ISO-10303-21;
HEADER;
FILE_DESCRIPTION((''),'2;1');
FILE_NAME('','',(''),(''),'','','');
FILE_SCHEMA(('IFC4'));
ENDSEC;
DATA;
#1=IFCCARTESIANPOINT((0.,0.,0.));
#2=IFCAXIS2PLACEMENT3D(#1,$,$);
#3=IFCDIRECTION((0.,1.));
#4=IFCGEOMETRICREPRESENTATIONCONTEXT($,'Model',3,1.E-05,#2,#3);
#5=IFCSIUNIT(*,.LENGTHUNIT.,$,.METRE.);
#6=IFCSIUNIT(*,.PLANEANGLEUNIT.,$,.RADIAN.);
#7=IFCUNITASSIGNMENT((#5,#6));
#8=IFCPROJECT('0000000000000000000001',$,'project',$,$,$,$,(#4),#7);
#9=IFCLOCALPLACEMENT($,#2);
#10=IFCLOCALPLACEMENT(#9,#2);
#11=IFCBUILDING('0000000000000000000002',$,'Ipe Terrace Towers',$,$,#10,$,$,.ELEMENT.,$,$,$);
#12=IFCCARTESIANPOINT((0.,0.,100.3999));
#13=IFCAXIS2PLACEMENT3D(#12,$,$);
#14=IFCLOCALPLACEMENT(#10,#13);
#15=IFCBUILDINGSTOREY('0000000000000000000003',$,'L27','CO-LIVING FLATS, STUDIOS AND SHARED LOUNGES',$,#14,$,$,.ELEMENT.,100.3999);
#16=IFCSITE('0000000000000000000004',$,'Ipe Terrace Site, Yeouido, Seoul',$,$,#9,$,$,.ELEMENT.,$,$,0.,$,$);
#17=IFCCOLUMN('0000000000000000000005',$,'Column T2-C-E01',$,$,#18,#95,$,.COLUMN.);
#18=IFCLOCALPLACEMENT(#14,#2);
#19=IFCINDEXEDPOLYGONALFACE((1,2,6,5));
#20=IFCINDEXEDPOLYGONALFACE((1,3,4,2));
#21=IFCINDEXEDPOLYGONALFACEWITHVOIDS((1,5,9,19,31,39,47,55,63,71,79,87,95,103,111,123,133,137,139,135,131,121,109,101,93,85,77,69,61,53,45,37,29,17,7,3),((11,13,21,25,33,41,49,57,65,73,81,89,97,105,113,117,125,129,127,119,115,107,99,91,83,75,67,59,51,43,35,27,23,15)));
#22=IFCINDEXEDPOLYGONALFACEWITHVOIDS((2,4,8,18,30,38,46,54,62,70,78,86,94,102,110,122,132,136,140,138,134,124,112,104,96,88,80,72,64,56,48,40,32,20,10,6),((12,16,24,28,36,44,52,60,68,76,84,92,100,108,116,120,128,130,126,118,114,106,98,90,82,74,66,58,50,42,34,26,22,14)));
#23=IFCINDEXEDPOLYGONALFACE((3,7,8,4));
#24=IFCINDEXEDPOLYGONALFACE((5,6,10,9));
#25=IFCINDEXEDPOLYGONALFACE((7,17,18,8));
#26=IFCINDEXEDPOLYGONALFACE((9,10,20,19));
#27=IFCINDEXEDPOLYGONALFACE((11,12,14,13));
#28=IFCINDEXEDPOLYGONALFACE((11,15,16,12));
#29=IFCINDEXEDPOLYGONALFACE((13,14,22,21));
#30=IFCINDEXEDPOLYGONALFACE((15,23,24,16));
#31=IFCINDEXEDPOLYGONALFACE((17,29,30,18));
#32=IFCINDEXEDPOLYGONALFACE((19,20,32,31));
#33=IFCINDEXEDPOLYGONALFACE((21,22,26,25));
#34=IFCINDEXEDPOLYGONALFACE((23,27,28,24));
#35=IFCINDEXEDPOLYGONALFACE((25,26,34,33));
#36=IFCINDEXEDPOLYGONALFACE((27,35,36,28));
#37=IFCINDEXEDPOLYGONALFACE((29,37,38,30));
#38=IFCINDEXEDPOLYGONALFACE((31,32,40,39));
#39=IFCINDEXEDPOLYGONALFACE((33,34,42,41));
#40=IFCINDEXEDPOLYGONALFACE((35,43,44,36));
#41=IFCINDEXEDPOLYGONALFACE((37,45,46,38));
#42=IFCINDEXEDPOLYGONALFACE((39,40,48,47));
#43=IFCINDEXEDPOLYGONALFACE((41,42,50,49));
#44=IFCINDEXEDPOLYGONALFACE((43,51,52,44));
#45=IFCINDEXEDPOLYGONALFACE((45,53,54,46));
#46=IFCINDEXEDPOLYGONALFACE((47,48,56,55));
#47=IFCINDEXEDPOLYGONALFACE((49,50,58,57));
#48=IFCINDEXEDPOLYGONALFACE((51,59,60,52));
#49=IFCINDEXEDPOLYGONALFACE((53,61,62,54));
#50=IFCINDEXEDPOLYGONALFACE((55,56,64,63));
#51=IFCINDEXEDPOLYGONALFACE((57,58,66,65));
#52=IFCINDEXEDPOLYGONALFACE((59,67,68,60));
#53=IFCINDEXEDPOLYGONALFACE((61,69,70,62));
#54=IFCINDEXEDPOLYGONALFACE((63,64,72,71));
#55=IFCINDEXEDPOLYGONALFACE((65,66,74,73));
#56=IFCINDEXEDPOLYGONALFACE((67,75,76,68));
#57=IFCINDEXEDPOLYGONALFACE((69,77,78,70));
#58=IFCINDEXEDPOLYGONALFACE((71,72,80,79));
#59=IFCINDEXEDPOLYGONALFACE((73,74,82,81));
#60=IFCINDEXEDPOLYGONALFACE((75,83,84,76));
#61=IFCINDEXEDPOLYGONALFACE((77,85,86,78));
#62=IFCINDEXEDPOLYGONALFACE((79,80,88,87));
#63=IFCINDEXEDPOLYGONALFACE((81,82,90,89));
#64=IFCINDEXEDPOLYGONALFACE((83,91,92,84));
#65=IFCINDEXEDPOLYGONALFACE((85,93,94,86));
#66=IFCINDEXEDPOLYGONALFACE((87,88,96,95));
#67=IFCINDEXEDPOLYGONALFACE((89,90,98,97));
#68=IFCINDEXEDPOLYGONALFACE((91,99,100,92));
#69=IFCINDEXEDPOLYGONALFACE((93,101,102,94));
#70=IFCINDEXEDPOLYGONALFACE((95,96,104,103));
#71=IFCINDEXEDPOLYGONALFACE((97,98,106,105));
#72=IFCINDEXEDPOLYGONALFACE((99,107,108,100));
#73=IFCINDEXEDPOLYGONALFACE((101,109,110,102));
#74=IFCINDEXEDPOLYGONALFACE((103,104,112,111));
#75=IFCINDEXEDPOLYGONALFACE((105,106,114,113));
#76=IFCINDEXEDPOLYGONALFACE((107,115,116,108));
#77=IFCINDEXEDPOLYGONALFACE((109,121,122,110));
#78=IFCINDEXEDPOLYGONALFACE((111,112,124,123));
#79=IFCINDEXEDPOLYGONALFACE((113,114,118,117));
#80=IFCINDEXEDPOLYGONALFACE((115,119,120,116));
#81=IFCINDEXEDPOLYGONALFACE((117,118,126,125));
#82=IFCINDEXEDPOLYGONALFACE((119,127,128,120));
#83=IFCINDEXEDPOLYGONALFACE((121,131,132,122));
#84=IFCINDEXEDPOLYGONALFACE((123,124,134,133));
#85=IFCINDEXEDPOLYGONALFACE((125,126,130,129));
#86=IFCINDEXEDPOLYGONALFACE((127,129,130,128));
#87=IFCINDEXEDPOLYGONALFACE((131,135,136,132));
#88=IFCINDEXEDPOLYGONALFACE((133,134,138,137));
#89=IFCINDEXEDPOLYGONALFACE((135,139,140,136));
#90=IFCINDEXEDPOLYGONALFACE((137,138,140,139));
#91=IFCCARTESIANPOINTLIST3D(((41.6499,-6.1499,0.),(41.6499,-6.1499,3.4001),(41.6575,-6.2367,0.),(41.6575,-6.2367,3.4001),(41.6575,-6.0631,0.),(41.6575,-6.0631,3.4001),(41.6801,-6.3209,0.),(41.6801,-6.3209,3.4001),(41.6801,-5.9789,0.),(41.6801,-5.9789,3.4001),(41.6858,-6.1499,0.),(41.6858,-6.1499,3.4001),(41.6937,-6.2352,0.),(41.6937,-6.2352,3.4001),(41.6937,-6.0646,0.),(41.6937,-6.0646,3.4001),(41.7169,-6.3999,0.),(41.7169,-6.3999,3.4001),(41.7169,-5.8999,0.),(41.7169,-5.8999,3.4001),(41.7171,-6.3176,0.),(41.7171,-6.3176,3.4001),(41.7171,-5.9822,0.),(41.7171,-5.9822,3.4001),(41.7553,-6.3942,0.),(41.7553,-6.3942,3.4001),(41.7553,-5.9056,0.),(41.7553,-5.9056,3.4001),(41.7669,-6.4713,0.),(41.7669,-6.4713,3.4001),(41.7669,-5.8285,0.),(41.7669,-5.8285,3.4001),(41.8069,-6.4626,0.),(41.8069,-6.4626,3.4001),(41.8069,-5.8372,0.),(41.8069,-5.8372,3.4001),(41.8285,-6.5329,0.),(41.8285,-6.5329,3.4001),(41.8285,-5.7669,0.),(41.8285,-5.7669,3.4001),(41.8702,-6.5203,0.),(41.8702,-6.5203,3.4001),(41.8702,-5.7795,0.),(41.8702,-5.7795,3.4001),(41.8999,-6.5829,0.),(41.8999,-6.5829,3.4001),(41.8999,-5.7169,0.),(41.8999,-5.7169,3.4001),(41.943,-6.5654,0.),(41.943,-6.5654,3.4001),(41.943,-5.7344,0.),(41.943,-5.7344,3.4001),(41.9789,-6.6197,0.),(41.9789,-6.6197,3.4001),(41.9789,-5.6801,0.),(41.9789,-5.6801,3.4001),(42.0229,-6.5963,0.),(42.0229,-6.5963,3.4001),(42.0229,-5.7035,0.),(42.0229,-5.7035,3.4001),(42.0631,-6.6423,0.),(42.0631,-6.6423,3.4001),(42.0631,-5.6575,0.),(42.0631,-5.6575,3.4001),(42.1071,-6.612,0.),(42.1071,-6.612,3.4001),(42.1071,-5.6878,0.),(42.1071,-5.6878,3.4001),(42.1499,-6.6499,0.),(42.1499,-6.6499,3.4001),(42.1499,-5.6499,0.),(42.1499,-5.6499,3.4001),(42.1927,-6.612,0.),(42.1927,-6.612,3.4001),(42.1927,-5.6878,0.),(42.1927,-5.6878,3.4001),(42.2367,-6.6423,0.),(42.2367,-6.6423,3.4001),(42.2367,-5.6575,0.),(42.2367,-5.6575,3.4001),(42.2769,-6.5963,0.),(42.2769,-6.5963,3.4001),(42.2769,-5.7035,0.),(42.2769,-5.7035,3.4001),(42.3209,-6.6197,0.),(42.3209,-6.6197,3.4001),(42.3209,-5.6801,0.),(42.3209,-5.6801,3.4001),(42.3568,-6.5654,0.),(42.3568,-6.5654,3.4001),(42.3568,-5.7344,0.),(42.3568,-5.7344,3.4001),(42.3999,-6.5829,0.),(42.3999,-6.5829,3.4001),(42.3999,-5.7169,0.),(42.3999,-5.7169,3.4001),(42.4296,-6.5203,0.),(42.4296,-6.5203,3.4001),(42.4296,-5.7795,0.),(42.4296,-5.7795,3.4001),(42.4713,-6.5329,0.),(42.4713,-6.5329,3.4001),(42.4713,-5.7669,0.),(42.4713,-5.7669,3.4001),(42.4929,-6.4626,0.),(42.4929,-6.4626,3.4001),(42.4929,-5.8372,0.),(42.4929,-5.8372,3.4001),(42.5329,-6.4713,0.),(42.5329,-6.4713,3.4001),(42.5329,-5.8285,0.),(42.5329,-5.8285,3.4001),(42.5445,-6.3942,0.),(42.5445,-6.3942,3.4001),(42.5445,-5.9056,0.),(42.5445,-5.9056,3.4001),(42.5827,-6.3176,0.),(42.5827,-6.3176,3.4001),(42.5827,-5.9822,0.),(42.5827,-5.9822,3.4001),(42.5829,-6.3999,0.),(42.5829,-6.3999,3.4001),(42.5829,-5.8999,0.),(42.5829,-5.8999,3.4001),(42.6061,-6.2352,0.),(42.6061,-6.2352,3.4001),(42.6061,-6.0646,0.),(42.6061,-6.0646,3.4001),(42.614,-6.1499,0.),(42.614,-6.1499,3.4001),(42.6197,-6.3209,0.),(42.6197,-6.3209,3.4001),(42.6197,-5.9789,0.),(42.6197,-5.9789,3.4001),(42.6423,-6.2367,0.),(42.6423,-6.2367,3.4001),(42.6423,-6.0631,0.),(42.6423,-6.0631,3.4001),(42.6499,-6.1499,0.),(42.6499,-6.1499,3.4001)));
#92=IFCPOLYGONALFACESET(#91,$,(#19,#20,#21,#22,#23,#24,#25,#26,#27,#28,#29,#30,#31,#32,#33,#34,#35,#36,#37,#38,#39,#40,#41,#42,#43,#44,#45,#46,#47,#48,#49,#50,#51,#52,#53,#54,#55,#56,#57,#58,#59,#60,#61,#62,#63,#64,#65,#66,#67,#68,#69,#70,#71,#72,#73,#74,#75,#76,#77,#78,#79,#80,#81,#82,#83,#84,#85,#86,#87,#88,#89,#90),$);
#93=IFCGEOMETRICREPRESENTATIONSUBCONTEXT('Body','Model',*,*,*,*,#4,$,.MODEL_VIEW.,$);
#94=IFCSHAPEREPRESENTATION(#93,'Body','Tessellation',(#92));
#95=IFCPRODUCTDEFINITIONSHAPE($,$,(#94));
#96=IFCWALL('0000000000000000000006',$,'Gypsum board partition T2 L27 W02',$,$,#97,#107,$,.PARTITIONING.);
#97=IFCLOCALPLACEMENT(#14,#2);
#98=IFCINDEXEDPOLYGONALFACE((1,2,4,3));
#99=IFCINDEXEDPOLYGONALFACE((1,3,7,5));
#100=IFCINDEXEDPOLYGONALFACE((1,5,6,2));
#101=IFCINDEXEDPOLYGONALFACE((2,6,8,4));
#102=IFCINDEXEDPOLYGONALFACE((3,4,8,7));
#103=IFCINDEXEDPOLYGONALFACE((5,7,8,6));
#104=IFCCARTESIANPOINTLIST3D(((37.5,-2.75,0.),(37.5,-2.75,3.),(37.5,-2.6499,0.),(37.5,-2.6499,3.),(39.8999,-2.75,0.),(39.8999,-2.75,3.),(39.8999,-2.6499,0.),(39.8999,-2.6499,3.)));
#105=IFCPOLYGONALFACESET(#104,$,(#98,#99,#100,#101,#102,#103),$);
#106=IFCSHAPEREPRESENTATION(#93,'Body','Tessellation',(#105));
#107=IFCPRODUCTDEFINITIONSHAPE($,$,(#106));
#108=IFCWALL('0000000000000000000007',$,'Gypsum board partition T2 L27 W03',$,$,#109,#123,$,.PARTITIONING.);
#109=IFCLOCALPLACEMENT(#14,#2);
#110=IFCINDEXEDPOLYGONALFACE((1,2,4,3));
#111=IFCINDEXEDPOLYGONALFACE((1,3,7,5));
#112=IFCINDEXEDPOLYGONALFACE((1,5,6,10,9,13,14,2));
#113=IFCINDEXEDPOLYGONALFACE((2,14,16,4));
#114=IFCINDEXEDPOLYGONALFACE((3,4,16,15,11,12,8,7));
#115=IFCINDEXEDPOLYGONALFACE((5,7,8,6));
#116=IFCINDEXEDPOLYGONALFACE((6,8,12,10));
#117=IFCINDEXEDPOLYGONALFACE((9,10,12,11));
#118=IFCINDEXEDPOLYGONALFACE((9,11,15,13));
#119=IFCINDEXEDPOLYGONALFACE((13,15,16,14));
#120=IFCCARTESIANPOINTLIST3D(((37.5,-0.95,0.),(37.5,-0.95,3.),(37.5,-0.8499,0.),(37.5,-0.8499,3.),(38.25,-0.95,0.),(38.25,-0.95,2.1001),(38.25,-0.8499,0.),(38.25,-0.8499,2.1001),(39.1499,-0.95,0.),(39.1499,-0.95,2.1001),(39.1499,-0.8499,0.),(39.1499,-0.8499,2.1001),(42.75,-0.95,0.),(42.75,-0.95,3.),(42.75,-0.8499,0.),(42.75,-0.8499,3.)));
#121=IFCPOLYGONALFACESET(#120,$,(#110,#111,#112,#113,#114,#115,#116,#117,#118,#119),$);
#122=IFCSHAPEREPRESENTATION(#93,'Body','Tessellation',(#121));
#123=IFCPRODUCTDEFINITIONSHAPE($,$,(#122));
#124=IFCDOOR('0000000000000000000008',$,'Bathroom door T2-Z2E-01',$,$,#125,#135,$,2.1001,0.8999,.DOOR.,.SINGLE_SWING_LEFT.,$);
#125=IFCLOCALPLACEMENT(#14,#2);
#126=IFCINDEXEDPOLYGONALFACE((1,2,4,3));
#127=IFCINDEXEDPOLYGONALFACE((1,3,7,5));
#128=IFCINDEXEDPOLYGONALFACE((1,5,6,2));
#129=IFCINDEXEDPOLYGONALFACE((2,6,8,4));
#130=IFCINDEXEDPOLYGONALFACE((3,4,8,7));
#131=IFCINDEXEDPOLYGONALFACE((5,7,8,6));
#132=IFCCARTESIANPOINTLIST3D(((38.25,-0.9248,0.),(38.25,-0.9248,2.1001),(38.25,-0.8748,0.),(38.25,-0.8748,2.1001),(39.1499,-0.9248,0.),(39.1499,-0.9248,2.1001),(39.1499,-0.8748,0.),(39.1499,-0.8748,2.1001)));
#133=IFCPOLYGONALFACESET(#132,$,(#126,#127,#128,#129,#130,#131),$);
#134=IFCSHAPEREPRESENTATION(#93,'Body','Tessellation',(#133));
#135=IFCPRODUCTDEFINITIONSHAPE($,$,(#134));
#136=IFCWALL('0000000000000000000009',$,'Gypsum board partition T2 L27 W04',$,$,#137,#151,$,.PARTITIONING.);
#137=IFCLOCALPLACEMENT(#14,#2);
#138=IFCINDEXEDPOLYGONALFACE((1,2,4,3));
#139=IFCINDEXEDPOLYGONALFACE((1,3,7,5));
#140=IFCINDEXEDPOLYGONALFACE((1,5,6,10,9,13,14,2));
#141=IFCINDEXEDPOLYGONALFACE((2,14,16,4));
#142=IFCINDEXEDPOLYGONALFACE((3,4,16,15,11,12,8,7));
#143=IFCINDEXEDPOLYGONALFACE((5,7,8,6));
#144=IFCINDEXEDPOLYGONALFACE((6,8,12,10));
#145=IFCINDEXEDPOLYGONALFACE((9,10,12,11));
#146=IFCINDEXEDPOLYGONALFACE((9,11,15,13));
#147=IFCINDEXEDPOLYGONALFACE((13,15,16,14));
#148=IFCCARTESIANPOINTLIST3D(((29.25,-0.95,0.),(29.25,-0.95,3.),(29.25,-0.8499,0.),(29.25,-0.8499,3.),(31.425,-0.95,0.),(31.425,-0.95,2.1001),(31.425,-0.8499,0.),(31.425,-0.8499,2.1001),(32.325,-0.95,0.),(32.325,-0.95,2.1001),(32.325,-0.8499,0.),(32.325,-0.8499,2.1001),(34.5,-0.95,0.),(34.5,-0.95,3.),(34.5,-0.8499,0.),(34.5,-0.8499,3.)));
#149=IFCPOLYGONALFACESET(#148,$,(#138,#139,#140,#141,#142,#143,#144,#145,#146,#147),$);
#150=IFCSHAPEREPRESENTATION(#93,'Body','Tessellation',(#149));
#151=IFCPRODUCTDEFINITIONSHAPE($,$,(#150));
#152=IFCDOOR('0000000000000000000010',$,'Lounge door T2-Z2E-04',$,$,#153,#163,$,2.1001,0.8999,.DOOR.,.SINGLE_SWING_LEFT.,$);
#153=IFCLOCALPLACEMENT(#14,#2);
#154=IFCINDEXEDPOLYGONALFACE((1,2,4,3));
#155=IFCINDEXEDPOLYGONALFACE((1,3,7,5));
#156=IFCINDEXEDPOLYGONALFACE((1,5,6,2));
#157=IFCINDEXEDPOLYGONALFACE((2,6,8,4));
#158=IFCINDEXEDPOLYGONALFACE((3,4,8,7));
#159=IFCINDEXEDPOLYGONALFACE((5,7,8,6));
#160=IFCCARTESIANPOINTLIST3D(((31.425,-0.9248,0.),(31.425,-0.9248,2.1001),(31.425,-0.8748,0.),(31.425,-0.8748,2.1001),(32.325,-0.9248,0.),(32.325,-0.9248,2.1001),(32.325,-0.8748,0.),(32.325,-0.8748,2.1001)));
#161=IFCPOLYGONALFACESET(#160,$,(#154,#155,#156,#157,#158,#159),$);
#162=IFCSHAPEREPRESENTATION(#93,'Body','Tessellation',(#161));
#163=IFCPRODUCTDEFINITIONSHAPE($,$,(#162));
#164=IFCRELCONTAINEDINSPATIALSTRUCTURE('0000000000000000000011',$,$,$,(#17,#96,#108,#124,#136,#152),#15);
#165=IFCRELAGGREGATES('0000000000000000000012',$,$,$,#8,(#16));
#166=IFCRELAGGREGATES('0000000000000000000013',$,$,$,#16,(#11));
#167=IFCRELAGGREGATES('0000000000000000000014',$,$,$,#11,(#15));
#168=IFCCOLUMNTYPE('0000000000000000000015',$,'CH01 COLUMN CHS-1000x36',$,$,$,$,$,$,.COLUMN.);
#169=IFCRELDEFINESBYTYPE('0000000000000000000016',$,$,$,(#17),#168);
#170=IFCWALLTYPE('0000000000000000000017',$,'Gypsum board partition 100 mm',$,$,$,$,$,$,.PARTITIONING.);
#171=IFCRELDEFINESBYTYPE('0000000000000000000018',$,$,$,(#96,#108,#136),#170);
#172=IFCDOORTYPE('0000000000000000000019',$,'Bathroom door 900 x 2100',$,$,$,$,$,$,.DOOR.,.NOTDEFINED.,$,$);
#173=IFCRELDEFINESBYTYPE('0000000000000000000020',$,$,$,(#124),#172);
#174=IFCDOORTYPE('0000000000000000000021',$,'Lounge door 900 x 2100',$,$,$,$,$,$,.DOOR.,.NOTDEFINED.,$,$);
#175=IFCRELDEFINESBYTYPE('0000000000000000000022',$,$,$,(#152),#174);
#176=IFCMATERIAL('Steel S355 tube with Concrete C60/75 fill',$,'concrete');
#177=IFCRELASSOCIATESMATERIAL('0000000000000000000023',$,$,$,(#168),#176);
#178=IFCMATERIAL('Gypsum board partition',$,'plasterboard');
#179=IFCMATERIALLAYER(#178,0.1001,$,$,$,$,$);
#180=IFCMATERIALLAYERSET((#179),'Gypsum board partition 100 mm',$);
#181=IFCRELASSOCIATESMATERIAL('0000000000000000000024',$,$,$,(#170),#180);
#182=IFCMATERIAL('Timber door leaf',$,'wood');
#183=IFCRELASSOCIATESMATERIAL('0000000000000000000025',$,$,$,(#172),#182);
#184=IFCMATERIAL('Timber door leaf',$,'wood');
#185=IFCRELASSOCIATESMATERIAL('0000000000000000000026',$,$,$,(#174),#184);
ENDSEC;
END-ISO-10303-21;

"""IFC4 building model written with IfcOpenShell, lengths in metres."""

from ifc_helpers import new_model, si_unit, direction, frame, frame_2d, origin, origin_2d, place, context, subcontext, project, spatial, rectangle, hollow_circle, extrude, material, layer, layer_set, material_profile, profile_set, type_object, element, fill, save


model = new_model("IFC4")

# Units and contexts
model_context = context("Model", 3, precision=1e-05, world=origin(), true_north=direction((0.0, 1.0)))
body_context = subcontext(model_context, "Body", "Model", "MODEL_VIEW")
ifc_project = project(units=[si_unit("LENGTHUNIT", "METRE"), si_unit("PLANEANGLEUNIT", "RADIAN")], contexts=[model_context])

# Site, building, storey
site_placement = place(None, origin())
site = spatial("IfcSite", under=ifc_project, at=site_placement, Name="Ipe Terrace Site, Yeouido, Seoul", CompositionType="ELEMENT", RefElevation=0.0)
building_placement = place(site_placement, origin())
building = spatial("IfcBuilding", under=site, at=building_placement, Name="Ipe Terrace Towers", CompositionType="ELEMENT")
storey_placement = place(building_placement, frame((0.0, 0.0, 100.3999)))
storey = spatial("IfcBuildingStorey", under=building, at=storey_placement, Name="L27", Description="CO-LIVING FLATS, STUDIOS AND SHARED LOUNGES", CompositionType="ELEMENT", Elevation=100.3999)

# Column
ifc_material_1 = material(Name="Steel S355 tube with Concrete C60/75 fill", Category="concrete")
ifc_material_profile = material_profile(ifc_material_1, hollow_circle(Radius=0.5, WallThickness=0.0359, at=origin_2d()), Name="CHS-1000x36")
ifc_profile_set = profile_set([ifc_material_profile], Name="Steel S355 tube with Concrete C60/75 fill")
column_type = type_object("IfcColumnType", Name="CH01 COLUMN CHS-1000x36", PredefinedType="COLUMN", material=ifc_profile_set)
column_placement = place(storey_placement, frame((42.1499, -6.1499, 0.0), z_axis=(0.0, 0.0, 1.0), x_axis=(1.0, 0.0, 0.0)))
element("IfcColumn", 1, at=column_placement, inside=storey, type_object=column_type, Name="Column T2-C-E01", PredefinedType="COLUMN", context=body_context, shape_type="SweptSolid", body=[
    extrude(hollow_circle(Radius=0.5, WallThickness=0.0359, at=origin_2d()), origin(), (0.0, 0.0, 1.0), 3.4001),
])

# Wall
ifc_material_2 = material(Name="Gypsum board partition", Category="plasterboard")
ifc_layer_1 = layer(ifc_material_2, 0.1001)
ifc_layer_set_1 = layer_set([ifc_layer_1], Name="Gypsum board partition 100 mm")
wall_type_1 = type_object("IfcWallType", Name="Gypsum board partition 100 mm", PredefinedType="PARTITIONING", material=ifc_layer_set_1)
wall_1_placement = place(storey_placement, frame((39.8999, -2.7, 0.0), z_axis=(0.0, 0.0, 1.0), x_axis=(-1.0, 0.0, 0.0)))
element("IfcWall", 2, at=wall_1_placement, inside=storey, type_object=wall_type_1, Name="Gypsum board partition T2 L27 W02", PredefinedType="PARTITIONING", context=body_context, shape_type="SweptSolid", body=[
    extrude(rectangle(XDim=2.3999, YDim=0.1001, at=frame_2d((1.2, 0.0))), origin(), (0.0, 0.0, 1.0), 3.0),
])

# Walls, openings, doors
wall_2_placement = place(storey_placement, frame((42.75, -0.8999, 0.0), z_axis=(0.0, 0.0, 1.0), x_axis=(-1.0, 0.0, 0.0)))
wall_2 = element("IfcWall", 3, at=wall_2_placement, inside=storey, type_object=wall_type_1, Name="Gypsum board partition T2 L27 W03", PredefinedType="PARTITIONING", context=body_context, shape_type="SweptSolid", body=[
    extrude(rectangle(XDim=5.25, YDim=0.1001, at=frame_2d((2.625, 0.0))), origin(), (0.0, 0.0, 1.0), 3.0),
])
opening_1_placement = place(wall_2_placement, frame((3.6001, 0.0, 0.0)))
opening_1 = element("IfcOpeningElement", 4, at=opening_1_placement, cuts=wall_2, PredefinedType="OPENING", context=body_context, shape_type="SweptSolid", body=[
    extrude(rectangle(XDim=0.8999, YDim=2.1001, at=frame_2d((0.45, 1.05))), frame((0.0, 0.0601, 0.0), z_axis=(0.0, -1.0, 0.0), x_axis=(1.0, 0.0, 0.0)), (0.0, 0.0, 1.0), 0.1201),
])
ifc_material_3 = material(Name="Timber door leaf", Category="wood")
door_type_1 = type_object("IfcDoorType", Name="Bathroom door 900 x 2100", OperationType="NOTDEFINED", PredefinedType="DOOR", material=ifc_material_3)
door_1_placement = place(opening_1_placement, origin())
door_1 = element("IfcDoor", 5, at=door_1_placement, inside=storey, type_object=door_type_1, Name="Bathroom door T2-Z2E-01", OperationType="SINGLE_SWING_LEFT", OverallHeight=2.1001, OverallWidth=0.8999, PredefinedType="DOOR", context=body_context, shape_type="SweptSolid", body=[
    extrude(rectangle(XDim=0.8999, YDim=2.1001, at=frame_2d((0.45, 1.05))), frame((0.0, 0.0249, 0.0), z_axis=(0.0, -1.0, 0.0), x_axis=(1.0, 0.0, 0.0)), (0.0, 0.0, 1.0), 0.05),
])
fill(opening_1, door_1)
wall_3_placement = place(storey_placement, frame((34.5, -0.8999, 0.0), z_axis=(0.0, 0.0, 1.0), x_axis=(-1.0, 0.0, 0.0)))
wall_3 = element("IfcWall", 6, at=wall_3_placement, inside=storey, type_object=wall_type_1, Name="Gypsum board partition T2 L27 W04", PredefinedType="PARTITIONING", context=body_context, shape_type="SweptSolid", body=[
    extrude(rectangle(XDim=5.25, YDim=0.1001, at=frame_2d((2.625, 0.0))), origin(), (0.0, 0.0, 1.0), 3.0),
])
opening_2_placement = place(wall_3_placement, frame((2.175, 0.0, 0.0)))
opening_2 = element("IfcOpeningElement", 7, at=opening_2_placement, cuts=wall_3, PredefinedType="OPENING", context=body_context, shape_type="SweptSolid", body=[
    extrude(rectangle(XDim=0.8999, YDim=2.1001, at=frame_2d((0.45, 1.05))), frame((0.0, 0.0601, 0.0), z_axis=(0.0, -1.0, 0.0), x_axis=(1.0, 0.0, 0.0)), (0.0, 0.0, 1.0), 0.1201),
])
ifc_material_4 = material(Name="Timber door leaf", Category="wood")
door_type_2 = type_object("IfcDoorType", Name="Lounge door 900 x 2100", OperationType="NOTDEFINED", PredefinedType="DOOR", material=ifc_material_4)
door_2_placement = place(opening_2_placement, origin())
door_2 = element("IfcDoor", 8, at=door_2_placement, inside=storey, type_object=door_type_2, Name="Lounge door T2-Z2E-04", OperationType="SINGLE_SWING_LEFT", OverallHeight=2.1001, OverallWidth=0.8999, PredefinedType="DOOR", context=body_context, shape_type="SweptSolid", body=[
    extrude(rectangle(XDim=0.8999, YDim=2.1001, at=frame_2d((0.45, 1.05))), frame((0.0, 0.0249, 0.0), z_axis=(0.0, -1.0, 0.0), x_axis=(1.0, 0.0, 0.0)), (0.0, 0.0, 1.0), 0.05),
])
fill(opening_2, door_2)

save(model, "model.ifc")
